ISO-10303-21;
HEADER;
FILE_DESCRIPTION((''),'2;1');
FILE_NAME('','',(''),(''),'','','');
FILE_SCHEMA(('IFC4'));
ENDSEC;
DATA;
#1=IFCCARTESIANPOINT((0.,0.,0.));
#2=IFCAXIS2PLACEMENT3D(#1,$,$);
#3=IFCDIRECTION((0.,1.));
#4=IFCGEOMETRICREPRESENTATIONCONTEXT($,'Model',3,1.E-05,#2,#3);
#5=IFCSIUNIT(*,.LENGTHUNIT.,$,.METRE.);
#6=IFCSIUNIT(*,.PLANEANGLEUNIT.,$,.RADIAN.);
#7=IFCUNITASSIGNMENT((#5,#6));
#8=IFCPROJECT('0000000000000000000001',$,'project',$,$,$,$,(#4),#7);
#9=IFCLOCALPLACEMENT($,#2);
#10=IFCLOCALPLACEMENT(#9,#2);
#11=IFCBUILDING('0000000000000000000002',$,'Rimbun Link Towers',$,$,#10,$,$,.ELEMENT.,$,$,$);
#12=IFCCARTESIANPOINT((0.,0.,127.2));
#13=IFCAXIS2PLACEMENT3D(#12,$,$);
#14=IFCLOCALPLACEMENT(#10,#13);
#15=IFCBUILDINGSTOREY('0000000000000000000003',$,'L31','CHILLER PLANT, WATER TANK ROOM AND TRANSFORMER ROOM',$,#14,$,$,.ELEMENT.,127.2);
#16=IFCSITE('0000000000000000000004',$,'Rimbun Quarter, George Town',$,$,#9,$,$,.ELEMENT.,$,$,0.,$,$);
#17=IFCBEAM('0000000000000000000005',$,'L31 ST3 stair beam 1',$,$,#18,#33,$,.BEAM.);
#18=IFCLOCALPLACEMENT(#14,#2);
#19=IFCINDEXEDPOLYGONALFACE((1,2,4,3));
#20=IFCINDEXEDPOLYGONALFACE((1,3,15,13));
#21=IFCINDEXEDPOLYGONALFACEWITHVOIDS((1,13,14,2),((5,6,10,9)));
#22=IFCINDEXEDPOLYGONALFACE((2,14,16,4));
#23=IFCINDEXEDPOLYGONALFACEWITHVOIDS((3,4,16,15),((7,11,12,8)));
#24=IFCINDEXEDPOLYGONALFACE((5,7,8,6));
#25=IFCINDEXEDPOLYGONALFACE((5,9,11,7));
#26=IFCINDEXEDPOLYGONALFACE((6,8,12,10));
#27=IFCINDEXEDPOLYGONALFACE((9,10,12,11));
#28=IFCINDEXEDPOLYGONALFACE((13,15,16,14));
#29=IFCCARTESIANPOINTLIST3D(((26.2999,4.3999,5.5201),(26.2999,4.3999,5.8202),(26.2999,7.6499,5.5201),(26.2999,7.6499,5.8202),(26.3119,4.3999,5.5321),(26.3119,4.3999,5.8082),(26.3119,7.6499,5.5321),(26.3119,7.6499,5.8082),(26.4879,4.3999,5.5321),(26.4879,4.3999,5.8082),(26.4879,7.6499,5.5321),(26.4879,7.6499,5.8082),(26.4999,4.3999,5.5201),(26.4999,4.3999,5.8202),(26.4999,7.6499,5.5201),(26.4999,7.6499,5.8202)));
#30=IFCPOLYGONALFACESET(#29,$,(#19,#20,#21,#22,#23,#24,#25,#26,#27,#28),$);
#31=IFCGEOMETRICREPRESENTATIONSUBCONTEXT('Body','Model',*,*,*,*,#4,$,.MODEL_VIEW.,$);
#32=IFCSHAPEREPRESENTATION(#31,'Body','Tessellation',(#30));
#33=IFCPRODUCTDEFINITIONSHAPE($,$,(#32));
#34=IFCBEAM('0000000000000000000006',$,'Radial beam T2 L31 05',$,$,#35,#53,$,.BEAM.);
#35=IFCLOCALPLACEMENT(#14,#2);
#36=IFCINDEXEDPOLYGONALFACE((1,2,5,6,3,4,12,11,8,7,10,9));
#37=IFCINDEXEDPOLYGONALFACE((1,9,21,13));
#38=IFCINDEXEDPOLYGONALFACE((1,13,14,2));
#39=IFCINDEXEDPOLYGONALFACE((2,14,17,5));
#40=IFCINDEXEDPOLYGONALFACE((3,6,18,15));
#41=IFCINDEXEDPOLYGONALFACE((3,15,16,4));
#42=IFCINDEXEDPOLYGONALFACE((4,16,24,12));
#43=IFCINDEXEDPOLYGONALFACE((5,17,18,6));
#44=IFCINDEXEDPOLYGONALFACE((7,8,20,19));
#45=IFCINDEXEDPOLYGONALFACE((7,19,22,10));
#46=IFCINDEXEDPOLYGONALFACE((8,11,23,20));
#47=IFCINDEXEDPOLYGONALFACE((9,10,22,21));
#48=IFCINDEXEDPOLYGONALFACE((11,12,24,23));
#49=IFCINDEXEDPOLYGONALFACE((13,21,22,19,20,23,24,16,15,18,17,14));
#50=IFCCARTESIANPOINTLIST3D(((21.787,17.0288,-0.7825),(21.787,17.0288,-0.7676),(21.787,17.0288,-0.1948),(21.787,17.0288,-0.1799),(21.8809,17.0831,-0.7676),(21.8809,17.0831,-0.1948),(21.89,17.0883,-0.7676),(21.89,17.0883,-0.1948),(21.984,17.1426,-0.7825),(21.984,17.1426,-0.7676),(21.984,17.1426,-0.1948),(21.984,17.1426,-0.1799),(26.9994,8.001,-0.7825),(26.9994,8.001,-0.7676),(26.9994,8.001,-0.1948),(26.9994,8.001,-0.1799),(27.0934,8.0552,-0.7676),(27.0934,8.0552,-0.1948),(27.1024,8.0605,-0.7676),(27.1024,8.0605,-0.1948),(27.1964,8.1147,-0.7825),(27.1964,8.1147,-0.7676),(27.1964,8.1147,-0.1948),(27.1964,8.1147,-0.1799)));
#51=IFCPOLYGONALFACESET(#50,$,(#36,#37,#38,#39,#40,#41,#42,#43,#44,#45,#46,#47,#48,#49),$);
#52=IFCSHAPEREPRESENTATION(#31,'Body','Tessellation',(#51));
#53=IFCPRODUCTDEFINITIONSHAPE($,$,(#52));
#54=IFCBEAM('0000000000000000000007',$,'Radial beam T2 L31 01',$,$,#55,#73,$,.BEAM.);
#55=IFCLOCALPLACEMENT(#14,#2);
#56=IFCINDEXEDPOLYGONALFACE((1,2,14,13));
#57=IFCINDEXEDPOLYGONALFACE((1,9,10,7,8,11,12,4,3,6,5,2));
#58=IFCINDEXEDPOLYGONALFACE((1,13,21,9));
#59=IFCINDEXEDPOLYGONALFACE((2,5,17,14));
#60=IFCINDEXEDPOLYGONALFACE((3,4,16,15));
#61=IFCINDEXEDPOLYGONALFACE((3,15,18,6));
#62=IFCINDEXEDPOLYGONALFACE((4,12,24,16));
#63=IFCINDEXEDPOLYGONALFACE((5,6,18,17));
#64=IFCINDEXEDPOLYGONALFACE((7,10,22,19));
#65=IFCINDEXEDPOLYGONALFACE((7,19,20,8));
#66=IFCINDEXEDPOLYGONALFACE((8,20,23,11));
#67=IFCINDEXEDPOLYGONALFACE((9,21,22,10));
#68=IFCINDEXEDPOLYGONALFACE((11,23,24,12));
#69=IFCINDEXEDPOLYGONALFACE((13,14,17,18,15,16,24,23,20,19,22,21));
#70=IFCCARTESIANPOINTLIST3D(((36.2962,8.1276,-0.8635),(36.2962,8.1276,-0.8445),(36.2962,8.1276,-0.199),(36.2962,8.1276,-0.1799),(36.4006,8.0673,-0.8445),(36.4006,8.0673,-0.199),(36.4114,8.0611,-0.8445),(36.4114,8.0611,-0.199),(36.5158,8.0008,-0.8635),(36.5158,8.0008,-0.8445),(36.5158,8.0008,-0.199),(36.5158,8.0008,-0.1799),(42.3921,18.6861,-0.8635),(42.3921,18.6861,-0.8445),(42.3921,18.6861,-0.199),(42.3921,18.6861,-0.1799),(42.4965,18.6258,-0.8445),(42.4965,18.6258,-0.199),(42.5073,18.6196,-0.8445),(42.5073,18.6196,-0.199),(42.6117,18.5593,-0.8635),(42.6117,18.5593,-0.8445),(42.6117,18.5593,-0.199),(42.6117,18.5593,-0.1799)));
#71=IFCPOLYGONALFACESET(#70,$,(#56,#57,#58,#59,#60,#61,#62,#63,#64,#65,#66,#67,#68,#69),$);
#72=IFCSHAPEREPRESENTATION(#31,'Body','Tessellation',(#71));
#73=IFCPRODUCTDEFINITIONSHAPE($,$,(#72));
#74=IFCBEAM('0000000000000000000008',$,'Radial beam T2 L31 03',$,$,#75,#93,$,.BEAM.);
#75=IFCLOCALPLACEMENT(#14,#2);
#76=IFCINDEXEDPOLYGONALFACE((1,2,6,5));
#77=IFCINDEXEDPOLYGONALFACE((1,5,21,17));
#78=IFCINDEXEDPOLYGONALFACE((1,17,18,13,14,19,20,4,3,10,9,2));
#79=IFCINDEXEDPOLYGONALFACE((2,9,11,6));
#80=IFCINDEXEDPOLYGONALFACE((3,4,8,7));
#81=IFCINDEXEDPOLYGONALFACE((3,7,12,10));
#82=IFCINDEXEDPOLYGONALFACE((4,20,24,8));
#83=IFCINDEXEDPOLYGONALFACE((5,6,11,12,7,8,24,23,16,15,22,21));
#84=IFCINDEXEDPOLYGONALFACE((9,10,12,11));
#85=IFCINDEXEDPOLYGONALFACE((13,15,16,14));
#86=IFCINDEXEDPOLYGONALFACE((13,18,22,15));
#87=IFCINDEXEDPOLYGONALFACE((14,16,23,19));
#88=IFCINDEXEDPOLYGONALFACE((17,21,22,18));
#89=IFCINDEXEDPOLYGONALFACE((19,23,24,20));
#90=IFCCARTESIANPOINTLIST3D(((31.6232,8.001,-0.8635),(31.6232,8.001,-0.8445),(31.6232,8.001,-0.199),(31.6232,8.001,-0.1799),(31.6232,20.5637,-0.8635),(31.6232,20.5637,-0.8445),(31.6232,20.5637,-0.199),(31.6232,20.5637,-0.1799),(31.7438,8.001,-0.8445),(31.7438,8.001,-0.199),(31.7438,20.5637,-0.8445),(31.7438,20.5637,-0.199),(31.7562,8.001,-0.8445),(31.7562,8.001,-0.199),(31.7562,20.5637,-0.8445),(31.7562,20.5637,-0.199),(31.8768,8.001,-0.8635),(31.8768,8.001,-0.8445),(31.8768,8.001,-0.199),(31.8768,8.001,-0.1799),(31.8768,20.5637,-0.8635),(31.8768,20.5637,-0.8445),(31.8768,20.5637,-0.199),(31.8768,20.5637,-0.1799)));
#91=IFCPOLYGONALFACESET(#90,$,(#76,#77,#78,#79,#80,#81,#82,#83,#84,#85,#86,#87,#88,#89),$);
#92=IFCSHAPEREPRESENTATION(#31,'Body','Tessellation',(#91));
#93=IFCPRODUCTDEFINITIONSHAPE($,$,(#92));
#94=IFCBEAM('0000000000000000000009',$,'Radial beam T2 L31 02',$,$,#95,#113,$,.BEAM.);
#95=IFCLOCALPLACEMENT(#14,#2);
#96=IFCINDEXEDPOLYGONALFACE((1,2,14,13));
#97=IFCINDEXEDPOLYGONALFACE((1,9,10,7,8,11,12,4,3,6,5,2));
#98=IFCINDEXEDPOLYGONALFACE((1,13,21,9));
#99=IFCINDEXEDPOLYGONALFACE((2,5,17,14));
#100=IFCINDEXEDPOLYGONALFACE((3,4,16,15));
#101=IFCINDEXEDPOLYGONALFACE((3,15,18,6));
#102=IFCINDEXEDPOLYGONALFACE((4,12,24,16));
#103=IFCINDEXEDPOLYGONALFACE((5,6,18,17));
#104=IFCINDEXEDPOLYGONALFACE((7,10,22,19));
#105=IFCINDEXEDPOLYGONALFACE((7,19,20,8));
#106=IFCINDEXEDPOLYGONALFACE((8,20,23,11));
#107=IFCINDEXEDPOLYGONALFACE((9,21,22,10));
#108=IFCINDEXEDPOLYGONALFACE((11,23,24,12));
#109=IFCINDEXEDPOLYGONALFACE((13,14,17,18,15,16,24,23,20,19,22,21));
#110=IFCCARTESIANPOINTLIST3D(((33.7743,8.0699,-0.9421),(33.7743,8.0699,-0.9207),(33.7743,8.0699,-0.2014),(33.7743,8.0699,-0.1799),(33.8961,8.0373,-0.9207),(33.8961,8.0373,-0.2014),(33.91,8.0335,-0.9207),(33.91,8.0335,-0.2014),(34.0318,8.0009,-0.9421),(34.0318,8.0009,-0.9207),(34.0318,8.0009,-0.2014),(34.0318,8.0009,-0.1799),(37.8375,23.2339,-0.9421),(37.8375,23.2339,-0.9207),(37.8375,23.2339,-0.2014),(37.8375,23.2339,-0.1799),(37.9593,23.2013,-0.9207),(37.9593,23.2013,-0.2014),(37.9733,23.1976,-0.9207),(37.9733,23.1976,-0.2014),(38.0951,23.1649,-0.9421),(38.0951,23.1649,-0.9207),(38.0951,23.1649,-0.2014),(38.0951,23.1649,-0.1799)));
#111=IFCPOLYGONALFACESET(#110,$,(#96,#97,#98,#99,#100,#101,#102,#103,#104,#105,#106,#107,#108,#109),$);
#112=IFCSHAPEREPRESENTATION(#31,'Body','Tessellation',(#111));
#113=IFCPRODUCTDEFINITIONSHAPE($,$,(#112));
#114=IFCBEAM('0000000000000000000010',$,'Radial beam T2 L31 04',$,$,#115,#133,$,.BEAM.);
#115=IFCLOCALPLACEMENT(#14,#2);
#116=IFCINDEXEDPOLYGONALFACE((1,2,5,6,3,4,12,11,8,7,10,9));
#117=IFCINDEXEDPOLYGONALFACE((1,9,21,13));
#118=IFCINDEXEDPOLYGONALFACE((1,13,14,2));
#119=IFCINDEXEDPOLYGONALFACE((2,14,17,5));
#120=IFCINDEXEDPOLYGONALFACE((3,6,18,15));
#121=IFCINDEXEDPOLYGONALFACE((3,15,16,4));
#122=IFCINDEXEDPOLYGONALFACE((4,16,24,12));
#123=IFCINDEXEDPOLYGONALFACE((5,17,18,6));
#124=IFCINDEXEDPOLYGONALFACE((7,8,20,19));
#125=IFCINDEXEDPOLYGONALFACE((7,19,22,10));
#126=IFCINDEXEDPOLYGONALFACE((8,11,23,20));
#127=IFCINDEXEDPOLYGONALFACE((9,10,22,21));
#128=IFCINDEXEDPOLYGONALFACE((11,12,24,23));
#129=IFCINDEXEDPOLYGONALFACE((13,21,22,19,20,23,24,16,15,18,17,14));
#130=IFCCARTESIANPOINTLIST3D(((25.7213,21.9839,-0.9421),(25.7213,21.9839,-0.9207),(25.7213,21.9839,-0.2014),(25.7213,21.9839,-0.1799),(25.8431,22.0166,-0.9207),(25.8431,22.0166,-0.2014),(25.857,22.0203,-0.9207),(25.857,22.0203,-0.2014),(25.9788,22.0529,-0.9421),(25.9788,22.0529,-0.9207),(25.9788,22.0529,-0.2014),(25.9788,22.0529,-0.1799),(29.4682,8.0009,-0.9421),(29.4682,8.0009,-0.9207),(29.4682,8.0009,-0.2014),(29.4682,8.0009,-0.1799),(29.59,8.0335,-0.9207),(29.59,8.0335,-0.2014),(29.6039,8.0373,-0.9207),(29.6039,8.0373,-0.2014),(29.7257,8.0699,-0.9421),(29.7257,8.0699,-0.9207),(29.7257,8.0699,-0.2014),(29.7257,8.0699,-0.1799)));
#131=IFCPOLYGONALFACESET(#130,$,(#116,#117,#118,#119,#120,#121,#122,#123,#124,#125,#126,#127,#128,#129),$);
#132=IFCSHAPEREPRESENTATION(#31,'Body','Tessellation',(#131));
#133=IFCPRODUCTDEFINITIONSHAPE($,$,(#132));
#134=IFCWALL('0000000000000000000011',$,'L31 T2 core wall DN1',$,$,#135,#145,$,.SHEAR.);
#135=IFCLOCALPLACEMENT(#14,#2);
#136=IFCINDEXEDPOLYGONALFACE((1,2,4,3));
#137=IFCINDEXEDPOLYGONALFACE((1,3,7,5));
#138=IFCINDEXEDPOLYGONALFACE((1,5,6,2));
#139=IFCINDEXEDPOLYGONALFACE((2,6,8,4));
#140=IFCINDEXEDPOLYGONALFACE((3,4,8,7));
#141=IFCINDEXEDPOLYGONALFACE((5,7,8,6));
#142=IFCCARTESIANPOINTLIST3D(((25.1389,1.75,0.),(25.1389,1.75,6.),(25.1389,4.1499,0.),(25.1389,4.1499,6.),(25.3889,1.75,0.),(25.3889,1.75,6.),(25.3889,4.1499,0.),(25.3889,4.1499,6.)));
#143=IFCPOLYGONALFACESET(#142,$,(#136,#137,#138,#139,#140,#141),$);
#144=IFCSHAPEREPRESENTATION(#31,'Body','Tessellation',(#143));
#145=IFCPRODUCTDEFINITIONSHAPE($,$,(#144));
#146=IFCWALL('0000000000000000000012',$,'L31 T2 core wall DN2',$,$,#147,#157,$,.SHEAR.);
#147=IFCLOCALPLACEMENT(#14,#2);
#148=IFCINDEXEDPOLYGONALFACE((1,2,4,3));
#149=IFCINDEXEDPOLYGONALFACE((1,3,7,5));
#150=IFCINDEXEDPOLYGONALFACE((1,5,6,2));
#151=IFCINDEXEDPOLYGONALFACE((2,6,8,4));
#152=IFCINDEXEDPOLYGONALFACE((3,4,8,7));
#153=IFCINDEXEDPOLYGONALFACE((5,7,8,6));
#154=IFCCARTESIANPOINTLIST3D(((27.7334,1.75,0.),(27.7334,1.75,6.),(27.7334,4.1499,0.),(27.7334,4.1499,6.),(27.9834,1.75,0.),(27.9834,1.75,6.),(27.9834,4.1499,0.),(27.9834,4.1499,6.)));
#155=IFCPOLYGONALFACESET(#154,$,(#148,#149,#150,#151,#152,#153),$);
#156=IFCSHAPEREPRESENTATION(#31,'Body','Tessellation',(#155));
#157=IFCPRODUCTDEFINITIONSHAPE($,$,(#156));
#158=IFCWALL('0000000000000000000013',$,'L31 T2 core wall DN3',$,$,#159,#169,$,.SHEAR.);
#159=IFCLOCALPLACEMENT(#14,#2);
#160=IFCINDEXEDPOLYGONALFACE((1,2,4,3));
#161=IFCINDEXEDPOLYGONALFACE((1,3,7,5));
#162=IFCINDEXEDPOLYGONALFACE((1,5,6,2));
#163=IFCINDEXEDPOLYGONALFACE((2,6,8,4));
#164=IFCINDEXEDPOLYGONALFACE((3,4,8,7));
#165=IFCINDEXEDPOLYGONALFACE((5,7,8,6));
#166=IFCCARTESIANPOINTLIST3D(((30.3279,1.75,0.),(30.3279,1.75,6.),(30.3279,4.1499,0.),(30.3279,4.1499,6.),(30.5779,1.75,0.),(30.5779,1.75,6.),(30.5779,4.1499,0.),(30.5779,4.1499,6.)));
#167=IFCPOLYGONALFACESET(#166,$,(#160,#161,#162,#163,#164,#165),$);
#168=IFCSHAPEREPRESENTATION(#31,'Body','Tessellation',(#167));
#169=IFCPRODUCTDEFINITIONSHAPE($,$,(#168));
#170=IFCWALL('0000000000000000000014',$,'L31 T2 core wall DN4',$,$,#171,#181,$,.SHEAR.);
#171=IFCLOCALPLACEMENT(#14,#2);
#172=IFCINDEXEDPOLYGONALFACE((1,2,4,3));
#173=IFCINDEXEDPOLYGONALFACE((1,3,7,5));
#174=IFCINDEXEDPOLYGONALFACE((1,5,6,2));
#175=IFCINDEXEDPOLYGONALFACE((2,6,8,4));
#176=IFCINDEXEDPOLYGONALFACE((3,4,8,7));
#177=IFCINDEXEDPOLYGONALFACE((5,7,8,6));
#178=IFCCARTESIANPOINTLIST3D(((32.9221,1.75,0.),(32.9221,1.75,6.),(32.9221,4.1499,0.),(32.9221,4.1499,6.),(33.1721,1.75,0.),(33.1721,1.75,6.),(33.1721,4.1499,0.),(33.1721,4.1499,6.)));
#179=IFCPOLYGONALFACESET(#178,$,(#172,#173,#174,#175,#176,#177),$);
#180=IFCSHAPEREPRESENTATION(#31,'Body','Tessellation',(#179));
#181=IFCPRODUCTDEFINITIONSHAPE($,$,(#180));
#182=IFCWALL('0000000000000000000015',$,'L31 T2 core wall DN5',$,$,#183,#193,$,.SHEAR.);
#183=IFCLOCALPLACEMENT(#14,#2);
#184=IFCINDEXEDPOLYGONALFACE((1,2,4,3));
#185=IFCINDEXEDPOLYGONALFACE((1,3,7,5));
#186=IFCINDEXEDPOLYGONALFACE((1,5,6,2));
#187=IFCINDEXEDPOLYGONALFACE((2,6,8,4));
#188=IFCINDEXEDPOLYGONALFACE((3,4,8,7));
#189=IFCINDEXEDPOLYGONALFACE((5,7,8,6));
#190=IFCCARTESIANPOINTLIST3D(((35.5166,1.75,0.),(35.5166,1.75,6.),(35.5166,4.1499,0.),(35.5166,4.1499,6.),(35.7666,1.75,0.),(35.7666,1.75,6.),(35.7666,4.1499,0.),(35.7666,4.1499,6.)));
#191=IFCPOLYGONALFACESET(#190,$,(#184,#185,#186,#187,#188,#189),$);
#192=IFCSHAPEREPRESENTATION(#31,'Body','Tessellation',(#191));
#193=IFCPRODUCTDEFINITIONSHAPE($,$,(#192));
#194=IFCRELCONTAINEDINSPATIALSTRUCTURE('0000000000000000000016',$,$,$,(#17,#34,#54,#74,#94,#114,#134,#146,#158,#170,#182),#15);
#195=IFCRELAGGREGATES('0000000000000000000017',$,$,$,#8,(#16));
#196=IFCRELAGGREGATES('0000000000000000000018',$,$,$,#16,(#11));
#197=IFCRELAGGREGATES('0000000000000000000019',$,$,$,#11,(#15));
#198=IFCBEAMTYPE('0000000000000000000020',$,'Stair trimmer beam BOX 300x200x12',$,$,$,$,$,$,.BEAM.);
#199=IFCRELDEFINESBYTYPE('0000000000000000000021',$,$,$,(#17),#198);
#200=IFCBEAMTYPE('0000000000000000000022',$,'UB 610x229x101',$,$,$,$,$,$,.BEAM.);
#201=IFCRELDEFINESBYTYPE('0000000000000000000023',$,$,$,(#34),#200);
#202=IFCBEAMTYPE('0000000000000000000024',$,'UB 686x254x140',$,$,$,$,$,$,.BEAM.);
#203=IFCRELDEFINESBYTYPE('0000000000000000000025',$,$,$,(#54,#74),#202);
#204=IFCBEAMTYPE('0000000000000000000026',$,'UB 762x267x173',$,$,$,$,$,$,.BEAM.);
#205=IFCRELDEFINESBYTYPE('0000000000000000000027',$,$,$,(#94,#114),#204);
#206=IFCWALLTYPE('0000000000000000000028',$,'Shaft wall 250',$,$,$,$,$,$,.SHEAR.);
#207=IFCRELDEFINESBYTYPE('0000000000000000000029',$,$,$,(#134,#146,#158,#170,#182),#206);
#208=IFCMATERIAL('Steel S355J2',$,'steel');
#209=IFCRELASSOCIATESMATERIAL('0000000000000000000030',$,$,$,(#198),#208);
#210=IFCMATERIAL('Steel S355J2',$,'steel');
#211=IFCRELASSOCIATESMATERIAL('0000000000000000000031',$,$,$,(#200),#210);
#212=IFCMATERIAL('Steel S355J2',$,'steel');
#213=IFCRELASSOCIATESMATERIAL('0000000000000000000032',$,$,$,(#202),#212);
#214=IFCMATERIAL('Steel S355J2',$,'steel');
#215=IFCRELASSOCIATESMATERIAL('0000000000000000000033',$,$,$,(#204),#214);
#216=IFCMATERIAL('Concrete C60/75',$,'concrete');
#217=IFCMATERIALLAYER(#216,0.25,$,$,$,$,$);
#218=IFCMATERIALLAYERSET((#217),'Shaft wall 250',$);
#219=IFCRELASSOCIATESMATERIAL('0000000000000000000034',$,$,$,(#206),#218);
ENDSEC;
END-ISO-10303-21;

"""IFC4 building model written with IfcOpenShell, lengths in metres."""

from ifc_helpers import new_model, si_unit, direction, frame, frame_2d, origin, origin_2d, place, context, subcontext, project, spatial, rectangle, hollow_rectangle, i_section, extrude, material, layer, layer_set, material_profile, profile_set, type_object, element, save


model = new_model("IFC4")

# Units and contexts
model_context = context("Model", 3, precision=1e-05, world=origin(), true_north=direction((0.0, 1.0)))
body_context = subcontext(model_context, "Body", "Model", "MODEL_VIEW")
ifc_project = project(units=[si_unit("LENGTHUNIT", "METRE"), si_unit("PLANEANGLEUNIT", "RADIAN")], contexts=[model_context])

# Site, building, storey
site_placement = place(None, origin())
site = spatial("IfcSite", under=ifc_project, at=site_placement, Name="Rimbun Quarter, George Town", CompositionType="ELEMENT", RefElevation=0.0)
building_placement = place(site_placement, origin())
building = spatial("IfcBuilding", under=site, at=building_placement, Name="Rimbun Link Towers", CompositionType="ELEMENT")
storey_placement = place(building_placement, frame((0.0, 0.0, 127.2)))
storey = spatial("IfcBuildingStorey", under=building, at=storey_placement, Name="L31", Description="CHILLER PLANT, WATER TANK ROOM AND TRANSFORMER ROOM", CompositionType="ELEMENT", Elevation=127.2)

# Beams
ifc_material_1 = material(Name="Steel S355J2", Category="steel")
ifc_material_profile_1 = material_profile(ifc_material_1, hollow_rectangle(XDim=0.2, YDim=0.3, WallThickness=0.012, at=origin_2d()), Name="BOX 300x200x12")
ifc_profile_set_1 = profile_set([ifc_material_profile_1], Name="Steel S355J2")
beam_type_1 = type_object("IfcBeamType", Name="Stair trimmer beam BOX 300x200x12", PredefinedType="BEAM", material=ifc_profile_set_1)
beam_1_placement = place(storey_placement, frame((26.3999, 7.6499, 5.6702), z_axis=(0.0, -1.0, 0.0), x_axis=(1.0, 0.0, 0.0)))
element("IfcBeam", 1, at=beam_1_placement, inside=storey, type_object=beam_type_1, Name="L31 ST3 stair beam 1", PredefinedType="BEAM", context=body_context, shape_type="SweptSolid", body=[
    extrude(hollow_rectangle(XDim=0.2, YDim=0.3, WallThickness=0.012, at=origin_2d()), origin(), (0.0, 0.0, 1.0), 3.25),
])
ifc_material_2 = material(Name="Steel S355J2", Category="steel")
ifc_material_profile_2 = material_profile(ifc_material_2, i_section(OverallWidth=0.2275, OverallDepth=0.6025, WebThickness=0.0105, FlangeThickness=0.0149, at=origin_2d()), Name="UB 610x229x101")
ifc_profile_set_2 = profile_set([ifc_material_profile_2], Name="Steel S355J2")
beam_type_2 = type_object("IfcBeamType", Name="UB 610x229x101", PredefinedType="BEAM", material=ifc_profile_set_2)
beam_2_placement = place(storey_placement, frame((27.0979, 8.0579, -0.4812), z_axis=(-0.500013, 0.866018, 0.0), x_axis=(-0.866018, -0.500013, 0.0)))
element("IfcBeam", 2, at=beam_2_placement, inside=storey, type_object=beam_type_2, Name="Radial beam T2 L31 05", PredefinedType="BEAM", context=body_context, shape_type="SweptSolid", body=[
    extrude(i_section(OverallWidth=0.2275, OverallDepth=0.6025, WebThickness=0.0105, FlangeThickness=0.0149, at=origin_2d()), origin(), (0.0, 0.0, 1.0), 10.4246),
])
ifc_material_3 = material(Name="Steel S355J2", Category="steel")
ifc_material_profile_3 = material_profile(ifc_material_3, i_section(OverallWidth=0.2537, OverallDepth=0.6836, WebThickness=0.0125, FlangeThickness=0.019, at=origin_2d()), Name="UB 686x254x140")
ifc_profile_set_3 = profile_set([ifc_material_profile_3], Name="Steel S355J2")
beam_type_3 = type_object("IfcBeamType", Name="UB 686x254x140", PredefinedType="BEAM", material=ifc_profile_set_3)
beam_3_placement = place(storey_placement, frame((36.406, 8.0642, -0.5217), z_axis=(0.499996, 0.866028, 0.0), x_axis=(-0.866028, 0.499996, 0.0)))
element("IfcBeam", 3, at=beam_3_placement, inside=storey, type_object=beam_type_3, Name="Radial beam T2 L31 01", PredefinedType="BEAM", context=body_context, shape_type="SweptSolid", body=[
    extrude(i_section(OverallWidth=0.2537, OverallDepth=0.6836, WebThickness=0.0125, FlangeThickness=0.019, at=origin_2d()), origin(), (0.0, 0.0, 1.0), 12.1919),
])
beam_4_placement = place(storey_placement, frame((31.75, 8.001, -0.5217), z_axis=(0.0, 1.0, 0.0), x_axis=(-1.0, 0.0, 0.0)))
element("IfcBeam", 4, at=beam_4_placement, inside=storey, type_object=beam_type_3, Name="Radial beam T2 L31 03", PredefinedType="BEAM", context=body_context, shape_type="SweptSolid", body=[
    extrude(i_section(OverallWidth=0.2537, OverallDepth=0.6836, WebThickness=0.0125, FlangeThickness=0.019, at=origin_2d()), origin(), (0.0, 0.0, 1.0), 12.5627),
])
ifc_material_4 = material(Name="Steel S355J2", Category="steel")
ifc_material_profile_4 = material_profile(ifc_material_4, i_section(OverallWidth=0.2666, OverallDepth=0.7622, WebThickness=0.0144, FlangeThickness=0.0215, at=origin_2d()), Name="UB 762x267x173")
ifc_profile_set_4 = profile_set([ifc_material_profile_4], Name="Steel S355J2")
beam_type_4 = type_object("IfcBeamType", Name="UB 762x267x173", PredefinedType="BEAM", material=ifc_profile_set_4)
beam_5_placement = place(storey_placement, frame((33.9031, 8.0354, -0.561), z_axis=(0.258821, 0.965925, 0.0), x_axis=(-0.965925, 0.258821, 0.0)))
element("IfcBeam", 5, at=beam_5_placement, inside=storey, type_object=beam_type_4, Name="Radial beam T2 L31 02", PredefinedType="BEAM", context=body_context, shape_type="SweptSolid", body=[
    extrude(i_section(OverallWidth=0.2666, OverallDepth=0.7622, WebThickness=0.0144, FlangeThickness=0.0215, at=origin_2d()), origin(), (0.0, 0.0, 1.0), 15.699),
])
beam_6_placement = place(storey_placement, frame((29.5969, 8.0354, -0.561), z_axis=(-0.258827, 0.965924, 0.0), x_axis=(-0.965924, -0.258827, 0.0)))
element("IfcBeam", 6, at=beam_6_placement, inside=storey, type_object=beam_type_4, Name="Radial beam T2 L31 04", PredefinedType="BEAM", context=body_context, shape_type="SweptSolid", body=[
    extrude(i_section(OverallWidth=0.2666, OverallDepth=0.7622, WebThickness=0.0144, FlangeThickness=0.0215, at=origin_2d()), origin(), (0.0, 0.0, 1.0), 14.4763),
])

# Walls
ifc_material_5 = material(Name="Concrete C60/75", Category="concrete")
ifc_layer = layer(ifc_material_5, 0.25)
ifc_layer_set = layer_set([ifc_layer], Name="Shaft wall 250")
wall_type = type_object("IfcWallType", Name="Shaft wall 250", PredefinedType="SHEAR", material=ifc_layer_set)
for number, where, z_axis, x_axis, name in (
    (7, (25.2639, 1.75, 0.0), (0.0, 0.0, 1.0), (0.0, 1.0, 0.0), "L31 T2 core wall DN1"),
    (8, (27.8584, 1.75, 0.0), (0.0, 0.0, 1.0), (0.0, 1.0, 0.0), "L31 T2 core wall DN2"),
    (9, (30.4529, 1.75, 0.0), (0.0, 0.0, 1.0), (0.0, 1.0, 0.0), "L31 T2 core wall DN3"),
    (10, (33.0471, 1.75, 0.0), (0.0, 0.0, 1.0), (0.0, 1.0, 0.0), "L31 T2 core wall DN4"),
    (11, (35.6416, 1.75, 0.0), (0.0, 0.0, 1.0), (0.0, 1.0, 0.0), "L31 T2 core wall DN5"),
):
    element("IfcWall", number, at=place(storey_placement, frame(where, z_axis=z_axis, x_axis=x_axis)), inside=storey, type_object=wall_type, Name=name, PredefinedType="SHEAR", context=body_context, shape_type="SweptSolid", body=[
        extrude(rectangle(XDim=2.3999, YDim=0.25, at=frame_2d((1.2, 0.0))), origin(), (0.0, 0.0, 1.0), 6.0),
    ])

save(model, "model.ifc")
